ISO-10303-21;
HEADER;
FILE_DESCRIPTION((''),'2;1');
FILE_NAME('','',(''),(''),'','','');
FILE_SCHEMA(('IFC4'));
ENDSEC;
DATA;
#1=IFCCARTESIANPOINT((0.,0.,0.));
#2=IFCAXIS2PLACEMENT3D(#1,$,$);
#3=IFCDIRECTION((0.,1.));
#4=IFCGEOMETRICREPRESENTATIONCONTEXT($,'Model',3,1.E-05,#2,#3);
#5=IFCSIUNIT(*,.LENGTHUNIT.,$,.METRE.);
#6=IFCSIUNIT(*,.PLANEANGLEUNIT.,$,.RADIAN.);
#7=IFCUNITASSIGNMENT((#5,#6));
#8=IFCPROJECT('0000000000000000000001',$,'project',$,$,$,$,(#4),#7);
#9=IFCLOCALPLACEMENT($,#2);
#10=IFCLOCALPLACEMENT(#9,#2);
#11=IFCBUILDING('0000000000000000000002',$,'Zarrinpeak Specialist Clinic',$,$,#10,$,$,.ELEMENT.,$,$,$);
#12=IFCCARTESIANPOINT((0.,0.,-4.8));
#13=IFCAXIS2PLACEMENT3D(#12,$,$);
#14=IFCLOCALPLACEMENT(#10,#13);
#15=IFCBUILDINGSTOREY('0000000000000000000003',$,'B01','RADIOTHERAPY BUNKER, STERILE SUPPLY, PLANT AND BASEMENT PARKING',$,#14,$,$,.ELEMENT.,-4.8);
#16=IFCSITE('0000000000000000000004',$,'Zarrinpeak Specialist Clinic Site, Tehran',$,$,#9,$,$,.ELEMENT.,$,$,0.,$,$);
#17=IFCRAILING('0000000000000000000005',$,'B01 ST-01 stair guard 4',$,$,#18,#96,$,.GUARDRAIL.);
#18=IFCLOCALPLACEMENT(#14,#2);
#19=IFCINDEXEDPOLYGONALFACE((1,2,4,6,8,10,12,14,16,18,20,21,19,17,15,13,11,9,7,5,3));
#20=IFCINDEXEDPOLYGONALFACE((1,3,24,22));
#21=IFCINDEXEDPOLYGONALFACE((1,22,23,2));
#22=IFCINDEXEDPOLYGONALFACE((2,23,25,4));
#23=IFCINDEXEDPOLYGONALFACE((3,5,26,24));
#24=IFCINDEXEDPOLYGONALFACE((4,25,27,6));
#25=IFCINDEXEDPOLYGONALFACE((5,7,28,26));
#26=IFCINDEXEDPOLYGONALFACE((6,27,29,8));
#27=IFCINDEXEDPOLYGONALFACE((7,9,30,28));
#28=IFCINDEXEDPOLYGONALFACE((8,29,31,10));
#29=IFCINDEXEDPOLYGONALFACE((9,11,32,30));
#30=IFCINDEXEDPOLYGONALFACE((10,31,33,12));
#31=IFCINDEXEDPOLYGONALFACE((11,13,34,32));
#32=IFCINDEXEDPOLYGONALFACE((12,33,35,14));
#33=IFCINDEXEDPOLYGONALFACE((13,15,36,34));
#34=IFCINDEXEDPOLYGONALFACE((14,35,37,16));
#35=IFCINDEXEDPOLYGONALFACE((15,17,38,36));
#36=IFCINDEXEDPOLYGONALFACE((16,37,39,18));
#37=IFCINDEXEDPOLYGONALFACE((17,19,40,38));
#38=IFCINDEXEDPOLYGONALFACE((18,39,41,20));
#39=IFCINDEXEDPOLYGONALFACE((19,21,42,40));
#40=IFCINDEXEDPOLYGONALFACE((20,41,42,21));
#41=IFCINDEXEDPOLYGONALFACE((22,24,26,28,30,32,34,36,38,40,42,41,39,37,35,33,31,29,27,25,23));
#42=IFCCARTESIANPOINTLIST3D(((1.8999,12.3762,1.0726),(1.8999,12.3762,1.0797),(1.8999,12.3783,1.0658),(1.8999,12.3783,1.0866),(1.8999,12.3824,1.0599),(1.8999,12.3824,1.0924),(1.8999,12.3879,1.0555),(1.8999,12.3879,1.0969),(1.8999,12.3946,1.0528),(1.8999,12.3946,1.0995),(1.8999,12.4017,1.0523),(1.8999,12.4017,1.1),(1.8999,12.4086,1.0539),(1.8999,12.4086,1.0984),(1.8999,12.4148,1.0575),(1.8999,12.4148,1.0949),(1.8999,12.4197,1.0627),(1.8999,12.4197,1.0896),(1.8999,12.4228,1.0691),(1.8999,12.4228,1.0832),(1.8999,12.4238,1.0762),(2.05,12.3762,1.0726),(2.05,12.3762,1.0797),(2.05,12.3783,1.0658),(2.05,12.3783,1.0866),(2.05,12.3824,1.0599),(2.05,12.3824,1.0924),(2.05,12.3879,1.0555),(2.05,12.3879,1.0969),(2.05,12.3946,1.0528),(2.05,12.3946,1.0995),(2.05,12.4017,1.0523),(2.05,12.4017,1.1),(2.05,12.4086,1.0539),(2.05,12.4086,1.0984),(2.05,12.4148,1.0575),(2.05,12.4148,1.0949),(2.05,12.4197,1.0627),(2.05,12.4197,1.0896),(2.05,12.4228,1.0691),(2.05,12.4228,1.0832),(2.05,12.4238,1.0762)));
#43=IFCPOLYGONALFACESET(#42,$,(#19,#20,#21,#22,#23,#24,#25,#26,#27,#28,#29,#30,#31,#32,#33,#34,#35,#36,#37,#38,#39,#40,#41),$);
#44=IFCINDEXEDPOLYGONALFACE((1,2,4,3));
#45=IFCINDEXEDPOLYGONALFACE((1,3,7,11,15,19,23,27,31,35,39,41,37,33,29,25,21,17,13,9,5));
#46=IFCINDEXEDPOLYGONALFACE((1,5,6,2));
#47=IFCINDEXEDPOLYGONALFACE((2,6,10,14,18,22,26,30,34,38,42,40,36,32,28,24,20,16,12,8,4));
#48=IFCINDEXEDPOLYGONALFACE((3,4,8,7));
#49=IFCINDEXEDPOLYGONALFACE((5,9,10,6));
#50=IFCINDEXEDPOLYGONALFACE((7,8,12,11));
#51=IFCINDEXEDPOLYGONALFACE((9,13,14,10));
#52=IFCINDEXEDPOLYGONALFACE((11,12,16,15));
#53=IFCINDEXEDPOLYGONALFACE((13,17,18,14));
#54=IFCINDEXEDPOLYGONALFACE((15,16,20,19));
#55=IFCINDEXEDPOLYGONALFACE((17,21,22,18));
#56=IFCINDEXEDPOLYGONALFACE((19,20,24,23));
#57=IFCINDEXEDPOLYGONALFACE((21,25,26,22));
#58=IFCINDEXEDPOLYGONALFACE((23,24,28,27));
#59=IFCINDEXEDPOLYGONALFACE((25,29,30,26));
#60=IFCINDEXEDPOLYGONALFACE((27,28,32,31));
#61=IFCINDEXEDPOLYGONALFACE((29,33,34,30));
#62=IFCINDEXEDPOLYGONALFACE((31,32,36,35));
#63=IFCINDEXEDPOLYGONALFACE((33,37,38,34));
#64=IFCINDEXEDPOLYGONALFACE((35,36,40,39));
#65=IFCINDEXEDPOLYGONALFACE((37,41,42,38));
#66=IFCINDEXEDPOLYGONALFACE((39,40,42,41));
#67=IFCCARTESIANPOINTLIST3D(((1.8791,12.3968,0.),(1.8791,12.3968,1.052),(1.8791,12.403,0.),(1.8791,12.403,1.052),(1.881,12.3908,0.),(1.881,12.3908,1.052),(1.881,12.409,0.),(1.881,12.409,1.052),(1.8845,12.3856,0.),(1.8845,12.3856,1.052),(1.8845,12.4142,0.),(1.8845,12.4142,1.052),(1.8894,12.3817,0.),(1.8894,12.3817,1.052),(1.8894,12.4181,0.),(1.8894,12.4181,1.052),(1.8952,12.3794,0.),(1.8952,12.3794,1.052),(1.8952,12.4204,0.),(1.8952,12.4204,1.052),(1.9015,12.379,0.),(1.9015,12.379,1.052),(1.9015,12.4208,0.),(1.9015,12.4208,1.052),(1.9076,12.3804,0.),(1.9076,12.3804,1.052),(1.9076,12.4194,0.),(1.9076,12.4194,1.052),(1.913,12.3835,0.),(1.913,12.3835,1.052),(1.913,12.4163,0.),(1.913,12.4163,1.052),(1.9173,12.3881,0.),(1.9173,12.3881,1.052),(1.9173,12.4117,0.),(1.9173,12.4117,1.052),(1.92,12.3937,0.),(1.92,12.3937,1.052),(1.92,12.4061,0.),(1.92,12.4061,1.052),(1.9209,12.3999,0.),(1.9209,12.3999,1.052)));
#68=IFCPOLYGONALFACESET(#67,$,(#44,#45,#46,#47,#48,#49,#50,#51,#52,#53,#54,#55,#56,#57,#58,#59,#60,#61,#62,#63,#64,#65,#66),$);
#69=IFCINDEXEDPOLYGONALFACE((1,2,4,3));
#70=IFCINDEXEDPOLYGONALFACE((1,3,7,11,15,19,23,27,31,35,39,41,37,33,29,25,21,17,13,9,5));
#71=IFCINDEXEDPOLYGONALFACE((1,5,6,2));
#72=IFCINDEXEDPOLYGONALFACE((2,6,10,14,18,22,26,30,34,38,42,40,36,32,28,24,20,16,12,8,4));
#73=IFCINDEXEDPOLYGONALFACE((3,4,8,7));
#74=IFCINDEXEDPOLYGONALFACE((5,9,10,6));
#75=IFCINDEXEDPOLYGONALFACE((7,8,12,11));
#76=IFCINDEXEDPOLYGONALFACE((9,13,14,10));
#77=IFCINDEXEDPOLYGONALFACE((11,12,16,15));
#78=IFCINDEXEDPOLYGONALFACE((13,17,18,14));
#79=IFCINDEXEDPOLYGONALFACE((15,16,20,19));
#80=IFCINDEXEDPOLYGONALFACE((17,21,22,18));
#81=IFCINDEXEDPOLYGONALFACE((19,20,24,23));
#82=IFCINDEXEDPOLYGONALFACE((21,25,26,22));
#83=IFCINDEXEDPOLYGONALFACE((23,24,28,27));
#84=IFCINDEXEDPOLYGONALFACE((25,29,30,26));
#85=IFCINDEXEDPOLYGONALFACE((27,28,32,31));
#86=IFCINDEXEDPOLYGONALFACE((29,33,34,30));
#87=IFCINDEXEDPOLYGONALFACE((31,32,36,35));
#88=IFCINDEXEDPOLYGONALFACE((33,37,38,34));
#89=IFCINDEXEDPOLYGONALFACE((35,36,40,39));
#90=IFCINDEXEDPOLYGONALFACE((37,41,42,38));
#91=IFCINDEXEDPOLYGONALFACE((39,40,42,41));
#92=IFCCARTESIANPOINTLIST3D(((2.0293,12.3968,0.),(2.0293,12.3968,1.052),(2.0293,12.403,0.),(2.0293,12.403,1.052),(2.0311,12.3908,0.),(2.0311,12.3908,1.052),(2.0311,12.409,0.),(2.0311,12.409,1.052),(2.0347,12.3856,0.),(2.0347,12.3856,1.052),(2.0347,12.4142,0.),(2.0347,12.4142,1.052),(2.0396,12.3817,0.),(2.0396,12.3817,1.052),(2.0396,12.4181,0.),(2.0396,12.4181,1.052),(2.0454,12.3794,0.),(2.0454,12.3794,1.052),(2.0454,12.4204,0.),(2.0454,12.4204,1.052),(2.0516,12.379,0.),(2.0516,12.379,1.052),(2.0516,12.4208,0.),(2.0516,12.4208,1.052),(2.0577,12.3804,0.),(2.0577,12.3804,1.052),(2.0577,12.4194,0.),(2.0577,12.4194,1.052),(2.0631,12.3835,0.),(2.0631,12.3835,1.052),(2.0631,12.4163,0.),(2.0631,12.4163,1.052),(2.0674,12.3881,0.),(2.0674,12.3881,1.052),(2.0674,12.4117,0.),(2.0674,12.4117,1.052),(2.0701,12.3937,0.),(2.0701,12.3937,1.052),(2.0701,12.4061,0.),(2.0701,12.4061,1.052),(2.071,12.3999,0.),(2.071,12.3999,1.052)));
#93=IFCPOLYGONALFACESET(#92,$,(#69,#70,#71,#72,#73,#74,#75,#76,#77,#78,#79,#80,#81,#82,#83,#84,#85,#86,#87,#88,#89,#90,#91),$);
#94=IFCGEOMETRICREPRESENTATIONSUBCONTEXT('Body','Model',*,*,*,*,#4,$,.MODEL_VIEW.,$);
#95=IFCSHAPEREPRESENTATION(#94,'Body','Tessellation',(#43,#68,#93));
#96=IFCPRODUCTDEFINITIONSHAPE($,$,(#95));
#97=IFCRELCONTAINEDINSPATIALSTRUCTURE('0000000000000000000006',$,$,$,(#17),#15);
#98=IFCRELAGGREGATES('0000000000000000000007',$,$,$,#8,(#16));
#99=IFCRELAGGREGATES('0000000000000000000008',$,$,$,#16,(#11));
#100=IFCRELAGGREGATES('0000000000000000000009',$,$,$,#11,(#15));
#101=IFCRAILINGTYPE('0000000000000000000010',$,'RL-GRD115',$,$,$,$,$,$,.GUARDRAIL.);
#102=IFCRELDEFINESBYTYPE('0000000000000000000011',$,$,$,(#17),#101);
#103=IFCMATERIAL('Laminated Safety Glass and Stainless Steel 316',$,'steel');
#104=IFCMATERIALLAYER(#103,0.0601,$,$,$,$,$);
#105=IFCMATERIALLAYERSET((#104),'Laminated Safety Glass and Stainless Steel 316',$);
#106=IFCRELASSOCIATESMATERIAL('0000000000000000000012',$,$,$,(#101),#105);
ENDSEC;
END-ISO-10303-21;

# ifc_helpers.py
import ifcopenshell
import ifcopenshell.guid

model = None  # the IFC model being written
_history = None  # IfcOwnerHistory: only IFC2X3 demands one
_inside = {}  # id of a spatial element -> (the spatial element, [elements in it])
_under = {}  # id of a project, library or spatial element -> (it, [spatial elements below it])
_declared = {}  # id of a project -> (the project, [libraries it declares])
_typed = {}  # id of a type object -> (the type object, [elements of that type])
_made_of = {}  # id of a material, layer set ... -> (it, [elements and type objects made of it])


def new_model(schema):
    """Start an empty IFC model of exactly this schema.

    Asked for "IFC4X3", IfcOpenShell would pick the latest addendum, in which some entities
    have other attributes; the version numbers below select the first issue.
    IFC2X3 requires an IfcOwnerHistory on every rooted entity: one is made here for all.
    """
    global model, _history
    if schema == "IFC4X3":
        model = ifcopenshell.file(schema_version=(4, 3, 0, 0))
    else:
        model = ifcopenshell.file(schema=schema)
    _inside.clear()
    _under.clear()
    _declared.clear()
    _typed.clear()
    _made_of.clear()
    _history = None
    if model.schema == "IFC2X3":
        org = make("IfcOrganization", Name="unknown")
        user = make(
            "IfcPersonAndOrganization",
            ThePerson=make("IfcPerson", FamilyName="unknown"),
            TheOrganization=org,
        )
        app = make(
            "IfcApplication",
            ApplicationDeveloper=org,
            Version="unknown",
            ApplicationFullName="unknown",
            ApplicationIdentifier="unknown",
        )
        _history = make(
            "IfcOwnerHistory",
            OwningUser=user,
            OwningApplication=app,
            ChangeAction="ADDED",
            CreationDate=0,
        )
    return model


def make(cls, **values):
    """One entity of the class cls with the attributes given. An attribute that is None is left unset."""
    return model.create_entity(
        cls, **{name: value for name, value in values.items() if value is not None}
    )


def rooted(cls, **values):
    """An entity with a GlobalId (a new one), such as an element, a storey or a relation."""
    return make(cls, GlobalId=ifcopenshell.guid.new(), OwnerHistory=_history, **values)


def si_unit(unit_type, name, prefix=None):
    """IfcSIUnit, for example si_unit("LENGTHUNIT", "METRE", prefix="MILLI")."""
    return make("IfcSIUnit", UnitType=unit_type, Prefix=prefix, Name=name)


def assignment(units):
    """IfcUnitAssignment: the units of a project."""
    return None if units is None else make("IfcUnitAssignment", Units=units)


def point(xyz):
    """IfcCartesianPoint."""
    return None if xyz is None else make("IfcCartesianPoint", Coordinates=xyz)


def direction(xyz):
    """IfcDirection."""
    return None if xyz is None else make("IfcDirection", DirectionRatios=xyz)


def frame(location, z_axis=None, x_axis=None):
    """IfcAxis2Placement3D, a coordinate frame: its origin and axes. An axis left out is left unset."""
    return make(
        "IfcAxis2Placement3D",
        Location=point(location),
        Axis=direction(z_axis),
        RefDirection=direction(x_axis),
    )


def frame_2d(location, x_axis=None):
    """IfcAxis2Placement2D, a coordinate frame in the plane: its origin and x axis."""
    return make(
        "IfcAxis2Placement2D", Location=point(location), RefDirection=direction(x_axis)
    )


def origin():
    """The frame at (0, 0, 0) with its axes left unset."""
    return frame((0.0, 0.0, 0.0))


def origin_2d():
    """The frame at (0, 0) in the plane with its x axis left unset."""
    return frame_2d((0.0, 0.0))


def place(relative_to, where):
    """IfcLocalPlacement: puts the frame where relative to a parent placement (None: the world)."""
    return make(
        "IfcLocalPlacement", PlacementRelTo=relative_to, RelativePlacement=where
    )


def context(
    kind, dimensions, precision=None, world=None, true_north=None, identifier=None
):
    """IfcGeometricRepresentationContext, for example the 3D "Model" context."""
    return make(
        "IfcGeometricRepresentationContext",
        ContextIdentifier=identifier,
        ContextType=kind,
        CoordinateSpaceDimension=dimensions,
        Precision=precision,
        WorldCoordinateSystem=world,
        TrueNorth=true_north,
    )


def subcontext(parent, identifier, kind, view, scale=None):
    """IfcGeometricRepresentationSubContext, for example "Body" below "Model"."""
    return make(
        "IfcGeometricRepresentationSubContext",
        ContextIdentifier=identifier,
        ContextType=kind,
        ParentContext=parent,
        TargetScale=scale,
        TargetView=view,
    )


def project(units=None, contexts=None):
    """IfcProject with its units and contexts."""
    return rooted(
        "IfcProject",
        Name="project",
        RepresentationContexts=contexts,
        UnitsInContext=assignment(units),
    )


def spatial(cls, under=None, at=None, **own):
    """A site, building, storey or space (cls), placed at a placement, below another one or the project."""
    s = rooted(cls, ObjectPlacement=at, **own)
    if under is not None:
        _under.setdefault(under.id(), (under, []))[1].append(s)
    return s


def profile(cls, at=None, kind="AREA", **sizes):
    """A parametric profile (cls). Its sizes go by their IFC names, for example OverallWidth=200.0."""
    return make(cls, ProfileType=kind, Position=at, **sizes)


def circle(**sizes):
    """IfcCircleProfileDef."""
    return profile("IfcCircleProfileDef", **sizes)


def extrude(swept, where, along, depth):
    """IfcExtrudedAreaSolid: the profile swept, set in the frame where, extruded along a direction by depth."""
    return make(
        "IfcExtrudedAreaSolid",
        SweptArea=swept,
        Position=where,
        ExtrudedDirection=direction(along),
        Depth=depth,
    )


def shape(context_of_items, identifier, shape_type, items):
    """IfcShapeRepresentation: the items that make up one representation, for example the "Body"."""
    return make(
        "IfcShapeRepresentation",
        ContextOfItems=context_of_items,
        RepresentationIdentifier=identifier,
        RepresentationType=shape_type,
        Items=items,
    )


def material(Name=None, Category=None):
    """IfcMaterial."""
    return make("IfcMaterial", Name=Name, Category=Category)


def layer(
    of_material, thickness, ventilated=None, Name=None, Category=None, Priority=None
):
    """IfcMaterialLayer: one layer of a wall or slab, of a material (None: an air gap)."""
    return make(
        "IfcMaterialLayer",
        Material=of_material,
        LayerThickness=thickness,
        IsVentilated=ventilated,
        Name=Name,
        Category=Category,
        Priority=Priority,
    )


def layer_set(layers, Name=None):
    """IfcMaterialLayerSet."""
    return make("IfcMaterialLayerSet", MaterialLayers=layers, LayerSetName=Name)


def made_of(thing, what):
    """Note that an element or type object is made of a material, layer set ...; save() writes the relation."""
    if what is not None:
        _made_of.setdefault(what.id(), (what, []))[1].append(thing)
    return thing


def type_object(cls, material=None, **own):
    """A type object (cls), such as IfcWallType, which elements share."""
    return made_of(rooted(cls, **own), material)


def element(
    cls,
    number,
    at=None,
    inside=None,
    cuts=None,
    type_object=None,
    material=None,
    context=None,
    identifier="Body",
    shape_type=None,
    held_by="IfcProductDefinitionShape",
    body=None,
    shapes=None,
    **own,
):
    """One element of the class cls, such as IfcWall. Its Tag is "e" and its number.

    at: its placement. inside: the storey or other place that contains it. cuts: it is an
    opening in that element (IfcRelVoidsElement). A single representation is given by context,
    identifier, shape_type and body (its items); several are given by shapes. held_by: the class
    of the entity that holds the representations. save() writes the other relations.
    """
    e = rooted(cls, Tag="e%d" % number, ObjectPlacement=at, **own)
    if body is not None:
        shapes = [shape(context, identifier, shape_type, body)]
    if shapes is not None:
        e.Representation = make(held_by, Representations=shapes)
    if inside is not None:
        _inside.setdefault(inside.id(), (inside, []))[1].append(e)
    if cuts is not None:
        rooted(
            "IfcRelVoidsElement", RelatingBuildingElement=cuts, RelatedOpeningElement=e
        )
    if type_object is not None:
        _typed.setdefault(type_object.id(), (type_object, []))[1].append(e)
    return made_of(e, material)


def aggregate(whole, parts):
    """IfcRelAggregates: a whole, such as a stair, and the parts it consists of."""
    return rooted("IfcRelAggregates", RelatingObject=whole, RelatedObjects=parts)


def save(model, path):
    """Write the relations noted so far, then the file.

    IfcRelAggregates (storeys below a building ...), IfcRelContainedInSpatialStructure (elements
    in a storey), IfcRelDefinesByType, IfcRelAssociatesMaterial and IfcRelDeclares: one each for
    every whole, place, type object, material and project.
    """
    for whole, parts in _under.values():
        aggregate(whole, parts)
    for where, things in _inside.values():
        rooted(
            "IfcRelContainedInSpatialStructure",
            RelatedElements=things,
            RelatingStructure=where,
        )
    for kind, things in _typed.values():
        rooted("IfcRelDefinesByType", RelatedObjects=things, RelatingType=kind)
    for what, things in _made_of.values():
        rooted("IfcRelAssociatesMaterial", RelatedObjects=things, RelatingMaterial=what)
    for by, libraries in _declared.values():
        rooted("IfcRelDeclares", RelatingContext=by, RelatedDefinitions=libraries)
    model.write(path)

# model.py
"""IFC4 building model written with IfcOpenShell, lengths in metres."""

from ifc_helpers import new_model, si_unit, direction, frame, origin, origin_2d, place, context, subcontext, project, spatial, circle, extrude, material, layer, layer_set, type_object, element, save


model = new_model("IFC4")

# Units and contexts
model_context = context("Model", 3, precision=1e-05, world=origin(), true_north=direction((0.0, 1.0)))
body_context = subcontext(model_context, "Body", "Model", "MODEL_VIEW")
ifc_project = project(units=[si_unit("LENGTHUNIT", "METRE"), si_unit("PLANEANGLEUNIT", "RADIAN")], contexts=[model_context])

# Site, building, storey
site_placement = place(None, origin())
site = spatial("IfcSite", under=ifc_project, at=site_placement, Name="Zarrinpeak Specialist Clinic Site, Tehran", CompositionType="ELEMENT", RefElevation=0.0)
building_placement = place(site_placement, origin())
building = spatial("IfcBuilding", under=site, at=building_placement, Name="Zarrinpeak Specialist Clinic", CompositionType="ELEMENT")
storey_placement = place(building_placement, frame((0.0, 0.0, -4.8)))
storey = spatial("IfcBuildingStorey", under=building, at=storey_placement, Name="B01", Description="RADIOTHERAPY BUNKER, STERILE SUPPLY, PLANT AND BASEMENT PARKING", CompositionType="ELEMENT", Elevation=-4.8)

# Railing
ifc_material_1 = material(Name="Laminated Safety Glass and Stainless Steel 316", Category="steel")
ifc_layer_1 = layer(ifc_material_1, 0.0601)
ifc_layer_set_1 = layer_set([ifc_layer_1], Name="Laminated Safety Glass and Stainless Steel 316")
railing_type_1 = type_object("IfcRailingType", Name="RL-GRD115", PredefinedType="GUARDRAIL", material=ifc_layer_set_1)
railing_1_placement = place(storey_placement, frame((1.8999, 12.3999, 0.0)))
element("IfcRailing", 1, at=railing_1_placement, inside=storey, type_object=railing_type_1, Name="B01 ST-01 stair guard 4", PredefinedType="GUARDRAIL", context=body_context, shape_type="SweptSolid", body=[
    extrude(circle(Radius=0.0239, at=origin_2d()), frame((0.0, 0.0, 1.0762), z_axis=(1.0, 0.0, 0.0), x_axis=(0.0, 1.0, 0.0)), (0.0, 0.0, 1.0), 0.1501),
    extrude(circle(Radius=0.021, at=origin_2d()), origin(), (0.0, 0.0, 1.0), 1.052),
    extrude(circle(Radius=0.021, at=origin_2d()), frame((0.1501, 0.0, 0.0)), (0.0, 0.0, 1.0), 1.052),
])

save(model, "model.ifc")
